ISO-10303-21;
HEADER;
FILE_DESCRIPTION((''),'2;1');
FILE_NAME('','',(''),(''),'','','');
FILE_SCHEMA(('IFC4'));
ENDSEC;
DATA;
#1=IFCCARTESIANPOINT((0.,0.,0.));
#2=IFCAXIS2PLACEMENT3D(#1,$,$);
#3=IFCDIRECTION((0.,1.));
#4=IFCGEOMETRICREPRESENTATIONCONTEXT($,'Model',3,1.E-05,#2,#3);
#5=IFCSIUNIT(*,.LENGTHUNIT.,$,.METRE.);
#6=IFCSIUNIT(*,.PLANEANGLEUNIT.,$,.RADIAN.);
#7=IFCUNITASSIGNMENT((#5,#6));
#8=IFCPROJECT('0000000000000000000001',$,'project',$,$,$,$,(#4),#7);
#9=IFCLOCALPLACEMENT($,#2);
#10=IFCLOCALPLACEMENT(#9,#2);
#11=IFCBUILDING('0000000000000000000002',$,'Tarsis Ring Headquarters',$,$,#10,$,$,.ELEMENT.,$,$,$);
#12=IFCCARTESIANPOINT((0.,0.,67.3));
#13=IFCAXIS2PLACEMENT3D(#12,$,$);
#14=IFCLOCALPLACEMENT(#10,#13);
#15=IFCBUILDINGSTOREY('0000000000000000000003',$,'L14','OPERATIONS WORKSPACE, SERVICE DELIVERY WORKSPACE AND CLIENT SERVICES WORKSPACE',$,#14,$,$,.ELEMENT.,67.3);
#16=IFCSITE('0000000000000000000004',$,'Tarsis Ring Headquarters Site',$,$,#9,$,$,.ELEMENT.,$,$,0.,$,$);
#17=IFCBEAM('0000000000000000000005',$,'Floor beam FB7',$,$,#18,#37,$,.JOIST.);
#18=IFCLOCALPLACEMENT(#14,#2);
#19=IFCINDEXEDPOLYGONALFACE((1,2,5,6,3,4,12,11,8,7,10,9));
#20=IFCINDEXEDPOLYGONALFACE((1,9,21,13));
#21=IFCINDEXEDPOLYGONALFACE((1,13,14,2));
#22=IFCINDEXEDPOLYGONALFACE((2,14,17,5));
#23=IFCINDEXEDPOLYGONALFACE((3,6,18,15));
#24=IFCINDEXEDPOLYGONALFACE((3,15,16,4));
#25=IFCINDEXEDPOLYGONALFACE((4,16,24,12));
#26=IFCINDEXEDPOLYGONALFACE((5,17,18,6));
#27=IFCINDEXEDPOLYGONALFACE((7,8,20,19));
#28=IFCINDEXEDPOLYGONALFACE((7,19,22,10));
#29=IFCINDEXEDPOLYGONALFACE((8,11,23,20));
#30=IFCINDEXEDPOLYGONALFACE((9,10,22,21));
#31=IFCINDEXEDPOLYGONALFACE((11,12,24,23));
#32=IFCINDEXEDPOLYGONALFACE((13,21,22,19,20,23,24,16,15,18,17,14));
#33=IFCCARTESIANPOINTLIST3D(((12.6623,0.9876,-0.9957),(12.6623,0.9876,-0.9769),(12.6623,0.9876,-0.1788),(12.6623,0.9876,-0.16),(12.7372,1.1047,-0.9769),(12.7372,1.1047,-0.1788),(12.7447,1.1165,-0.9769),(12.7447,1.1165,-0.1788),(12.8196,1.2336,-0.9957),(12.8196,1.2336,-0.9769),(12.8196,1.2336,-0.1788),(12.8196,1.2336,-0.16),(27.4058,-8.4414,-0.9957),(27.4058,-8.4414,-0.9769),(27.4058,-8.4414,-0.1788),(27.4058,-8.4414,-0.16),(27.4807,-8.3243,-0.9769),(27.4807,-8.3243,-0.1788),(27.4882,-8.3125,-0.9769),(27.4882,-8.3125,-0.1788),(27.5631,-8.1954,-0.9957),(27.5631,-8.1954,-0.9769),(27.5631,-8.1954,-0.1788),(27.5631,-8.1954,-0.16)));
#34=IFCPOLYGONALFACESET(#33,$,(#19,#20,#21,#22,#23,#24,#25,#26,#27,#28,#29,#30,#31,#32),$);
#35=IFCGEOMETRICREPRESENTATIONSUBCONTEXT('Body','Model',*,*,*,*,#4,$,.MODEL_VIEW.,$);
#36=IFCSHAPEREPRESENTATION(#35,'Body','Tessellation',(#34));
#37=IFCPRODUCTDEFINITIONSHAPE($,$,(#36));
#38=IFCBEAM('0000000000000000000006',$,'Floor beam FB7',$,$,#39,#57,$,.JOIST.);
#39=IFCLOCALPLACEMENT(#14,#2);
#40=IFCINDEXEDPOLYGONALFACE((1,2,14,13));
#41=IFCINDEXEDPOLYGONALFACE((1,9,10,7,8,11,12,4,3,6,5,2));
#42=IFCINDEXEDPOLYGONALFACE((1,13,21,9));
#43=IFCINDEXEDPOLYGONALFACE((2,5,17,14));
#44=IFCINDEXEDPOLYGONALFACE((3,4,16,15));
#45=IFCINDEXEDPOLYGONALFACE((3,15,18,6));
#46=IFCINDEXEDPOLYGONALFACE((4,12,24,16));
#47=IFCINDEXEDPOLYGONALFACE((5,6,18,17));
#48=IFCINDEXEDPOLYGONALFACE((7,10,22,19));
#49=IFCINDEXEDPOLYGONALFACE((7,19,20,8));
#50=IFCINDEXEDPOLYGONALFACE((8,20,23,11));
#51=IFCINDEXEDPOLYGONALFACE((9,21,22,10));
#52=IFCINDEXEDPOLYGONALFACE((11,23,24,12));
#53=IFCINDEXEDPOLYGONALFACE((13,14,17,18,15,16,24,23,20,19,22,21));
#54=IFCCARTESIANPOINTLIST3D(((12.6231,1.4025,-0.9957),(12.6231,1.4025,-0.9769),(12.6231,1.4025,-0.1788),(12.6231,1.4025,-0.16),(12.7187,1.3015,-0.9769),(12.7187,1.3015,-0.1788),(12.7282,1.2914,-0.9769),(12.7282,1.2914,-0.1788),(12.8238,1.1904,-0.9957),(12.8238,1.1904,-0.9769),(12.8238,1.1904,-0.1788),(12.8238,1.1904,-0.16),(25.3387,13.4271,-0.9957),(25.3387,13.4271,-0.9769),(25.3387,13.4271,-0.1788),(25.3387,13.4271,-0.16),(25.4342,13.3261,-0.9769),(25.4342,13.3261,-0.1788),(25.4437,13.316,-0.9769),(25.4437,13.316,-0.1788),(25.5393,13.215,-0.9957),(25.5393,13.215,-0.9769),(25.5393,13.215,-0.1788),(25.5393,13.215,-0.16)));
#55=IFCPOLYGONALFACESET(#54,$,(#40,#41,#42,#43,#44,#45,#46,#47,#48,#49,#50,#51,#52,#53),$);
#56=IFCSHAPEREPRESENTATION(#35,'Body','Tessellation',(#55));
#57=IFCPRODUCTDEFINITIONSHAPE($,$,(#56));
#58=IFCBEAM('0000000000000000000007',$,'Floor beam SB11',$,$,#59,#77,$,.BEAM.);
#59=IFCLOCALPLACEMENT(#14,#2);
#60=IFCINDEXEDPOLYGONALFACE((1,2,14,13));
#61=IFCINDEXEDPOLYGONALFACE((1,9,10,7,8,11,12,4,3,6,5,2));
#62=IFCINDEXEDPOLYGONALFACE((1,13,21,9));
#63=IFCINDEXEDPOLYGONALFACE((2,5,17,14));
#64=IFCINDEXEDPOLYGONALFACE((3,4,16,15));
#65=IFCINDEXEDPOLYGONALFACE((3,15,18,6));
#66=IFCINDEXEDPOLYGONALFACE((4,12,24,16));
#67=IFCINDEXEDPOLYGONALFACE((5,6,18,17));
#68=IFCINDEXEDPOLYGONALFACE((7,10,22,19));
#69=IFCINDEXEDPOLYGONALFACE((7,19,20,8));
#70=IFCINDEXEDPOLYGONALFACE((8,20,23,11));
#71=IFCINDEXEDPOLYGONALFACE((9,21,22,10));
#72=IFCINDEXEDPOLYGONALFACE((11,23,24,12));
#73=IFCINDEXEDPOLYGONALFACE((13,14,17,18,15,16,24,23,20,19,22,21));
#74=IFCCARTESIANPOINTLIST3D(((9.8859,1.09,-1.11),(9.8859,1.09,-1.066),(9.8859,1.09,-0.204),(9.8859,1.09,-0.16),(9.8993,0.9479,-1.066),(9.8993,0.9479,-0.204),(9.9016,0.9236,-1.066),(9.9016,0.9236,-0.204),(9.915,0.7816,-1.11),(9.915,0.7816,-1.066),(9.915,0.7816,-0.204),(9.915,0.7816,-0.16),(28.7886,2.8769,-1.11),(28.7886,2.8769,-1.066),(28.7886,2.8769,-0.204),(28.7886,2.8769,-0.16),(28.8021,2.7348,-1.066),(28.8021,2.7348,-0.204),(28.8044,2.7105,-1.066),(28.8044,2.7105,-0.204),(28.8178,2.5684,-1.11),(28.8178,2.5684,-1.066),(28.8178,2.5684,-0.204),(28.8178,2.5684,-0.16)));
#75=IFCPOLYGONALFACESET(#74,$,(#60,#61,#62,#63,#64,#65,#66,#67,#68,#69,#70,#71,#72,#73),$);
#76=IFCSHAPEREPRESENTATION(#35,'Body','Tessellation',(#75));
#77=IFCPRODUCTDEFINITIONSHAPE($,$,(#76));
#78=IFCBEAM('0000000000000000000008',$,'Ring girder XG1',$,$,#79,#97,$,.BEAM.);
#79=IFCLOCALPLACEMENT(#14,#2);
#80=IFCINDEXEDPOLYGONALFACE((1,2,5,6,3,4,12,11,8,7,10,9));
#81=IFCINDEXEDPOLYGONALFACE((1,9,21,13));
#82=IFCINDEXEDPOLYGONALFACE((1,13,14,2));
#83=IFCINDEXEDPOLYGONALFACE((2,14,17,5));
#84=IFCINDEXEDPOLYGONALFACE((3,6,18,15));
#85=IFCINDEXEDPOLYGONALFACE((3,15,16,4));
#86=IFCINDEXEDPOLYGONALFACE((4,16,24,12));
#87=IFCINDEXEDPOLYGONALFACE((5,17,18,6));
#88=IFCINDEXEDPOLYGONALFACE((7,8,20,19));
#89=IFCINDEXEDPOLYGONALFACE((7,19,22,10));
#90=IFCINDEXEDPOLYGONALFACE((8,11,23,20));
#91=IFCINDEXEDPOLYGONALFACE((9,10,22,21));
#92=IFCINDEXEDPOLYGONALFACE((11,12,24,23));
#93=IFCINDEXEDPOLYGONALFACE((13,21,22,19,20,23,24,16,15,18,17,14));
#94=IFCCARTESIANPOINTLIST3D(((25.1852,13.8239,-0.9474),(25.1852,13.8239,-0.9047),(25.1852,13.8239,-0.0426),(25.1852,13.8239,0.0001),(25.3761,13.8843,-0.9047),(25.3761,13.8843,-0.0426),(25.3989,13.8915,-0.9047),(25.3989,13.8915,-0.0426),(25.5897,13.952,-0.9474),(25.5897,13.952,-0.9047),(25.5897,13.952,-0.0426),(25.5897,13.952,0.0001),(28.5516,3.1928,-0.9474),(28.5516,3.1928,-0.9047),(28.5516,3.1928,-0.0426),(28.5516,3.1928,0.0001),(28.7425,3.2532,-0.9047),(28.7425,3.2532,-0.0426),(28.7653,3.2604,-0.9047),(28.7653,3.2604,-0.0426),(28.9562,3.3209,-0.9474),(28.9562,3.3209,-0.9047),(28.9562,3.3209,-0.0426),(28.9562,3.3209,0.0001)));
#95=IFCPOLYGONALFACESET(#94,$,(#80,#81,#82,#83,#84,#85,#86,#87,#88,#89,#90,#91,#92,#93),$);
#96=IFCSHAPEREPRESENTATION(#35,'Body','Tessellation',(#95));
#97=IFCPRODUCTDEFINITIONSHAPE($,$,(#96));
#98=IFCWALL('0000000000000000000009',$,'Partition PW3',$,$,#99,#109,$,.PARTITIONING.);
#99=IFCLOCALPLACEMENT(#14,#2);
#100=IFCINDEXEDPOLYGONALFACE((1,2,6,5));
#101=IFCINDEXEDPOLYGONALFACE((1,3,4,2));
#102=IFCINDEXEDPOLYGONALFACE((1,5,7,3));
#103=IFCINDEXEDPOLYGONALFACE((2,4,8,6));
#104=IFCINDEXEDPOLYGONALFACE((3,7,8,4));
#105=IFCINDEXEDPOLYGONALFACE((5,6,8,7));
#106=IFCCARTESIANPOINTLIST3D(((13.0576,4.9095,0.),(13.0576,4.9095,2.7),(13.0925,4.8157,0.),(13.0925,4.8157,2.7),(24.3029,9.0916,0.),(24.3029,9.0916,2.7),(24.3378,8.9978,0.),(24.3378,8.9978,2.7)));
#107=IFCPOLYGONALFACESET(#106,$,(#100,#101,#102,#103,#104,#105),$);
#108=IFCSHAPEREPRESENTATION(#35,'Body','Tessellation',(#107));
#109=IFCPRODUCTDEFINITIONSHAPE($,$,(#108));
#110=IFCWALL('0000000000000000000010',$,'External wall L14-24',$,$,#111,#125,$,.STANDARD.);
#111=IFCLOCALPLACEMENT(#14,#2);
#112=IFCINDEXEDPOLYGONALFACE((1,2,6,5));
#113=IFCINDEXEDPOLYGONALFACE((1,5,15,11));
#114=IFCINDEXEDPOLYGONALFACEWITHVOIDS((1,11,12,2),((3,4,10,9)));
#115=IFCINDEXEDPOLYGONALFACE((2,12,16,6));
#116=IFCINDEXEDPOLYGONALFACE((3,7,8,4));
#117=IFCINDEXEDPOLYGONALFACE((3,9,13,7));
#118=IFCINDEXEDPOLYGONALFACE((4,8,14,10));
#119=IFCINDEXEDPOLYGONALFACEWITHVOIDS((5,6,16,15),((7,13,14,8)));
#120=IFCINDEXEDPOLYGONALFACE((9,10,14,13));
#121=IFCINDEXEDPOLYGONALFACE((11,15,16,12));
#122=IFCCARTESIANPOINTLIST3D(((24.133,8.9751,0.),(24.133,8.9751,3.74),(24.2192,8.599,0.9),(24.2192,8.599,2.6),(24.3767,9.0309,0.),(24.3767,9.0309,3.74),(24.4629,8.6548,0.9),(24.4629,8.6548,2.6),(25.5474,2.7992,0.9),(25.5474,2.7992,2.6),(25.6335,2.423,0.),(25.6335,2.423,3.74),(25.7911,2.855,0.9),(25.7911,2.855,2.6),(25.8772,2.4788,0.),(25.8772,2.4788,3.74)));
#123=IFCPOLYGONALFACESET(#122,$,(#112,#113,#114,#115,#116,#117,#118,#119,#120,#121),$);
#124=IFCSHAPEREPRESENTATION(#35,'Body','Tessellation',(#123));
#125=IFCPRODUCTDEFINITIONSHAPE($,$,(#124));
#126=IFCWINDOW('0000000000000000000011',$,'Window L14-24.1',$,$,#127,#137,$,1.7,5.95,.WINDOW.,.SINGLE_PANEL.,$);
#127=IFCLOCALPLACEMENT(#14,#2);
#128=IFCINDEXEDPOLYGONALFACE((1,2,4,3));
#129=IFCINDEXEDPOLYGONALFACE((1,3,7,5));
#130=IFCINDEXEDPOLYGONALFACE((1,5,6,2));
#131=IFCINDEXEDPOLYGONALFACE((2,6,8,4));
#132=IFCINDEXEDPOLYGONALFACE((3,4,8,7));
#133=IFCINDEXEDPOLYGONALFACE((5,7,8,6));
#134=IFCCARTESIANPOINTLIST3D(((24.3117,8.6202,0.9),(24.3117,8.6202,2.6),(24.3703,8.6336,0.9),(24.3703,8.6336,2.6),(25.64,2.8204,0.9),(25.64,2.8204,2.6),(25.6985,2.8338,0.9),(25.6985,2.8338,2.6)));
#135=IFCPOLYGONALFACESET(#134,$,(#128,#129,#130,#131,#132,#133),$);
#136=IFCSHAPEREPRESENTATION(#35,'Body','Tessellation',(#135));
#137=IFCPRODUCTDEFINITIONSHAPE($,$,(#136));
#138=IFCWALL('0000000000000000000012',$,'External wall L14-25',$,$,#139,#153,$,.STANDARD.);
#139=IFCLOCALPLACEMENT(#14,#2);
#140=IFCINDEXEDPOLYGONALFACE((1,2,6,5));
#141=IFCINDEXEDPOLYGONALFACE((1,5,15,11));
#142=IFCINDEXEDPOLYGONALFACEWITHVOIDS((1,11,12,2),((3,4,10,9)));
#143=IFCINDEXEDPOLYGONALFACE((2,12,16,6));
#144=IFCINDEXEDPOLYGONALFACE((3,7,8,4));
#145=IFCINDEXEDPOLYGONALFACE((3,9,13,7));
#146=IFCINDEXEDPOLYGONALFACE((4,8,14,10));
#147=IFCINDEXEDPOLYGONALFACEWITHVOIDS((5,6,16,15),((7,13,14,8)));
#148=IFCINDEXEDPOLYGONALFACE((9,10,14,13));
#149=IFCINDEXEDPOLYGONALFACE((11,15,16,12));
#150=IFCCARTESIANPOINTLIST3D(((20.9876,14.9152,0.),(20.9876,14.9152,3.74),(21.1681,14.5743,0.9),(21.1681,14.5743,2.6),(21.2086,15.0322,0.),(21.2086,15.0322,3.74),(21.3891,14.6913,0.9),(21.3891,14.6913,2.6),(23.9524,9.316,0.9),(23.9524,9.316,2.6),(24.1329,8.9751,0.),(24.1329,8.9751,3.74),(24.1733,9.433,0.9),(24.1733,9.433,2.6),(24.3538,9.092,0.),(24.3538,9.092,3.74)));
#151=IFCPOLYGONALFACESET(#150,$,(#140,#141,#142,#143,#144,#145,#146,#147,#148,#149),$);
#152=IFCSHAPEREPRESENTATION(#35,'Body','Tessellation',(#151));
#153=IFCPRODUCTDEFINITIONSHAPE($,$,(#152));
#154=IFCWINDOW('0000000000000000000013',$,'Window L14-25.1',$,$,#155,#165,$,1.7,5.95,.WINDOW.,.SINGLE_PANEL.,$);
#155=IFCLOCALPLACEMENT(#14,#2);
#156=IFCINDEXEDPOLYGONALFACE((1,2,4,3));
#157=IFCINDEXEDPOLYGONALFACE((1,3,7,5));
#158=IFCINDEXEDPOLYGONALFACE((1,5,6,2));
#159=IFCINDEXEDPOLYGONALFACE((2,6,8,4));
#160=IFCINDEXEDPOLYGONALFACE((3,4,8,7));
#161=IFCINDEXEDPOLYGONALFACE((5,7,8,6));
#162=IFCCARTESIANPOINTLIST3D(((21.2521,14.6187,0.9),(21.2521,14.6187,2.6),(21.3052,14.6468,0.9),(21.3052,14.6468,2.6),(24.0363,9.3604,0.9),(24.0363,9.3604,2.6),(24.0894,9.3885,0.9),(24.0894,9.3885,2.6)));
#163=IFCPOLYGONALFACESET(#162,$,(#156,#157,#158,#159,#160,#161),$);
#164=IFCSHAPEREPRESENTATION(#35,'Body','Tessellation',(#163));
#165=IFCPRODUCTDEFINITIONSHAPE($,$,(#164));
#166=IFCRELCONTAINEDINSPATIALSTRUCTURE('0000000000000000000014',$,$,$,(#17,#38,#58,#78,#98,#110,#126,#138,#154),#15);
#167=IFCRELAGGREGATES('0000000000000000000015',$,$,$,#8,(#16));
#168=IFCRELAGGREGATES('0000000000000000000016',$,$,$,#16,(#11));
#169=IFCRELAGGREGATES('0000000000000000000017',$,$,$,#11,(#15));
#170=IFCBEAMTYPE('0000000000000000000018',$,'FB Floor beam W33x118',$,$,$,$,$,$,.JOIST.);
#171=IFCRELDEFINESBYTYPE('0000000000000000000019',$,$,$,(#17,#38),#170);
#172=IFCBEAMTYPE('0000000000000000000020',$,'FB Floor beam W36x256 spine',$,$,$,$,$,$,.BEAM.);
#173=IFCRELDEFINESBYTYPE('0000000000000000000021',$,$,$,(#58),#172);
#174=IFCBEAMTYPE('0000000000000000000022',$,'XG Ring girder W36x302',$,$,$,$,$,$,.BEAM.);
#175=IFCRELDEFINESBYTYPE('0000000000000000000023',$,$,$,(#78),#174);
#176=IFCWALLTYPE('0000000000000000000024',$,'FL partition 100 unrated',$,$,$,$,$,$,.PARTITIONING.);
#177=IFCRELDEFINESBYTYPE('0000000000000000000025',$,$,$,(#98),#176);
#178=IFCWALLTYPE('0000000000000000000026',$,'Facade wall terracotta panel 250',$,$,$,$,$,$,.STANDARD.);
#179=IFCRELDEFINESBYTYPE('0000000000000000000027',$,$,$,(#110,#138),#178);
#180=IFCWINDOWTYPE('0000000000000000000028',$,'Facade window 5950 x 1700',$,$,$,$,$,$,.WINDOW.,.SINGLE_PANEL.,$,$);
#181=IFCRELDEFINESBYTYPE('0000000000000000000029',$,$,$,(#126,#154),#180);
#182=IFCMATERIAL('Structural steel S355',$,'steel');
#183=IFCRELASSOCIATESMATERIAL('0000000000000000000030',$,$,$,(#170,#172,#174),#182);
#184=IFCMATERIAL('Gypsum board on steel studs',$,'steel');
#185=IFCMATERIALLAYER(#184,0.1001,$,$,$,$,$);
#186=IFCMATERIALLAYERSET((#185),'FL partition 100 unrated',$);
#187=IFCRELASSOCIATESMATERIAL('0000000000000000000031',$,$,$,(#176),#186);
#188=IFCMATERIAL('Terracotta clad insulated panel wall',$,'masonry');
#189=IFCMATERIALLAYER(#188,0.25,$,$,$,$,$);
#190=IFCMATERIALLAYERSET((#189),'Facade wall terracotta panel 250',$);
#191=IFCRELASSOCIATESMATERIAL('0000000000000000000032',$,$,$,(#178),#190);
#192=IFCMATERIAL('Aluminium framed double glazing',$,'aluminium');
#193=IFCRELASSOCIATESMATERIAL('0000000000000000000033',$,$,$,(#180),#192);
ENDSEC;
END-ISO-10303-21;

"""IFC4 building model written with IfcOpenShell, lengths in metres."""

from ifc_helpers import new_model, si_unit, direction, frame, frame_2d, origin, origin_2d, place, context, subcontext, project, spatial, rectangle, i_section, extrude, material, layer, layer_set, material_profile, profile_set, type_object, element, fill, save


model = new_model("IFC4")

# Units and contexts
model_context = context("Model", 3, precision=1e-05, world=origin(), true_north=direction((0.0, 1.0)))
body_context = subcontext(model_context, "Body", "Model", "MODEL_VIEW")
ifc_project = project(units=[si_unit("LENGTHUNIT", "METRE"), si_unit("PLANEANGLEUNIT", "RADIAN")], contexts=[model_context])

# Site, building, storey
site_placement = place(None, origin())
site = spatial("IfcSite", under=ifc_project, at=site_placement, Name="Tarsis Ring Headquarters Site", CompositionType="ELEMENT", RefElevation=0.0)
building_placement = place(site_placement, origin())
building = spatial("IfcBuilding", under=site, at=building_placement, Name="Tarsis Ring Headquarters", CompositionType="ELEMENT")
storey_placement = place(building_placement, frame((0.0, 0.0, 67.3)))
storey = spatial("IfcBuildingStorey", under=building, at=storey_placement, Name="L14", Description="OPERATIONS WORKSPACE, SERVICE DELIVERY WORKSPACE AND CLIENT SERVICES WORKSPACE", CompositionType="ELEMENT", Elevation=67.3)

# Beams
ifc_material_1 = material(Name="Structural steel S355", Category="steel")
ifc_material_profile_1 = material_profile(ifc_material_1, i_section(OverallWidth=0.292, OverallDepth=0.8357, WebThickness=0.0139, FlangeThickness=0.0188, at=origin_2d()), Name="W33x118")
ifc_profile_set_1 = profile_set([ifc_material_profile_1], Name="Structural steel S355")
beam_type_1 = type_object("IfcBeamType", Name="FB Floor beam W33x118", PredefinedType="JOIST", material=ifc_profile_set_1)
for number, where, z_axis, x_axis, name in (
    (1, (12.741, 1.1106, -0.5779), (0.842448, -0.538777, 0.0), (0.538777, 0.842448, 0.0), "Floor beam FB7"),
    (2, (25.439, 13.321, -0.5779), (-0.726571, -0.687092, 0.0), (0.687092, -0.726571, 0.0), "Floor beam FB7"),
):
    element("IfcBeam", number, at=place(storey_placement, frame(where, z_axis=z_axis, x_axis=x_axis)), inside=storey, type_object=beam_type_1, Name=name, PredefinedType="JOIST", context=body_context, shape_type="SweptSolid", body=[
        extrude(i_section(OverallWidth=0.292, OverallDepth=0.8357, WebThickness=0.0139, FlangeThickness=0.0188, at=origin_2d()), origin(), (0.0, 0.0, 1.0), 17.5007),
    ])
ifc_material_profile_2 = material_profile(ifc_material_1, i_section(OverallWidth=0.3098, OverallDepth=0.95, WebThickness=0.0244, FlangeThickness=0.0439, at=origin_2d()), Name="W36x256")
ifc_profile_set_2 = profile_set([ifc_material_profile_2], Name="Structural steel S355")
beam_type_2 = type_object("IfcBeamType", Name="FB Floor beam W36x256 spine", PredefinedType="BEAM", material=ifc_profile_set_2)
beam_1_placement = place(storey_placement, frame((28.8032, 2.7227, -0.635), z_axis=(-0.995562, -0.094109, 0.0), x_axis=(0.094109, -0.995562, 0.0)))
element("IfcBeam", 3, at=beam_1_placement, inside=storey, type_object=beam_type_2, Name="Floor beam SB11", PredefinedType="BEAM", context=body_context, shape_type="SweptSolid", body=[
    extrude(i_section(OverallWidth=0.3098, OverallDepth=0.95, WebThickness=0.0244, FlangeThickness=0.0439, at=origin_2d()), origin(), (0.0, 0.0, 1.0), 18.9871),
])
ifc_material_profile_3 = material_profile(ifc_material_1, i_section(OverallWidth=0.4243, OverallDepth=0.9475, WebThickness=0.0239, FlangeThickness=0.0427, at=origin_2d()), Name="W36x302")
ifc_profile_set_3 = profile_set([ifc_material_profile_3], Name="Structural steel S355")
beam_type_3 = type_object("IfcBeamType", Name="XG Ring girder W36x302", PredefinedType="BEAM", material=ifc_profile_set_3)
beam_2_placement = place(storey_placement, frame((28.7539, 3.2568, -0.4736), z_axis=(-0.301887, 0.953344, 0.0), x_axis=(-0.953344, -0.301887, 0.0)))
element("IfcBeam", 4, at=beam_2_placement, inside=storey, type_object=beam_type_3, Name="Ring girder XG1", PredefinedType="BEAM", context=body_context, shape_type="SweptSolid", body=[
    extrude(i_section(OverallWidth=0.4243, OverallDepth=0.9475, WebThickness=0.0239, FlangeThickness=0.0427, at=origin_2d()), origin(), (0.0, 0.0, 1.0), 11.1514),
])

# Wall
ifc_material_2 = material(Name="Gypsum board on steel studs", Category="steel")
ifc_layer_1 = layer(ifc_material_2, 0.1001)
ifc_layer_set_1 = layer_set([ifc_layer_1], Name="FL partition 100 unrated")
wall_type_1 = type_object("IfcWallType", Name="FL partition 100 unrated", PredefinedType="PARTITIONING", material=ifc_layer_set_1)
wall_1_placement = place(storey_placement, frame((13.075, 4.8625, 0.0), z_axis=(0.0, 0.0, 1.0), x_axis=(0.937282, 0.348573, 0.0)))
element("IfcWall", 5, at=wall_1_placement, inside=storey, type_object=wall_type_1, Name="Partition PW3", PredefinedType="PARTITIONING", context=body_context, shape_type="SweptSolid", body=[
    extrude(rectangle(XDim=11.9978, YDim=0.1001, at=frame_2d((5.999, 0.0))), origin(), (0.0, 0.0, 1.0), 2.7),
])

# Walls, openings, windows
ifc_material_3 = material(Name="Terracotta clad insulated panel wall", Category="masonry")
ifc_layer_2 = layer(ifc_material_3, 0.25)
ifc_layer_set_2 = layer_set([ifc_layer_2], Name="Facade wall terracotta panel 250")
wall_type_2 = type_object("IfcWallType", Name="Facade wall terracotta panel 250", PredefinedType="STANDARD", material=ifc_layer_set_2)
wall_2_placement = place(storey_placement, frame((25.7554, 2.4509, 0.0), z_axis=(0.0, 0.0, 1.0), x_axis=(-0.223233, 0.974765, 0.0)))
wall_2 = element("IfcWall", 6, at=wall_2_placement, inside=storey, type_object=wall_type_2, Name="External wall L14-24", PredefinedType="STANDARD", context=body_context, shape_type="SweptSolid", body=[
    extrude(rectangle(XDim=6.7217, YDim=0.25, at=frame_2d((3.3608, 0.0))), origin(), (0.0, 0.0, 1.0), 3.74),
])
opening_1_placement = place(wall_2_placement, frame((0.3857, 0.0, 0.8999)))
opening_1 = element("IfcOpeningElement", 7, at=opening_1_placement, cuts=wall_2, PredefinedType="OPENING", context=body_context, shape_type="SweptSolid", body=[
    extrude(rectangle(XDim=5.95, YDim=1.7, at=frame_2d((2.9751, 0.8501))), frame((0.0, 0.135, 0.0), z_axis=(0.0, -1.0, 0.0), x_axis=(1.0, 0.0, 0.0)), (0.0, 0.0, 1.0), 0.27),
])
ifc_material_4 = material(Name="Aluminium framed double glazing", Category="aluminium")
window_type = type_object("IfcWindowType", Name="Facade window 5950 x 1700", PartitioningType="SINGLE_PANEL", PredefinedType="WINDOW", material=ifc_material_4)
window_1_placement = place(opening_1_placement, origin())
window_1 = element("IfcWindow", 8, at=window_1_placement, inside=storey, type_object=window_type, Name="Window L14-24.1", OverallHeight=1.7, OverallWidth=5.95, PartitioningType="SINGLE_PANEL", PredefinedType="WINDOW", context=body_context, shape_type="SweptSolid", body=[
    extrude(rectangle(XDim=5.95, YDim=1.7, at=frame_2d((2.9751, 0.8501))), frame((0.0, 0.03, 0.0), z_axis=(0.0, -1.0, 0.0), x_axis=(1.0, 0.0, 0.0)), (0.0, 0.0, 1.0), 0.0601),
])
fill(opening_1, window_1)
wall_3_placement = place(storey_placement, frame((24.2434, 9.0334, 0.0), z_axis=(0.0, 0.0, 1.0), x_axis=(-0.467941, 0.88376, 0.0)))
wall_3 = element("IfcWall", 9, at=wall_3_placement, inside=storey, type_object=wall_type_2, Name="External wall L14-25", PredefinedType="STANDARD", context=body_context, shape_type="SweptSolid", body=[
    extrude(rectangle(XDim=6.7214, YDim=0.25, at=frame_2d((3.3608, 0.0))), origin(), (0.0, 0.0, 1.0), 3.74),
])
opening_2_placement = place(wall_3_placement, frame((0.3857, 0.0, 0.8999)))
opening_2 = element("IfcOpeningElement", 10, at=opening_2_placement, cuts=wall_3, PredefinedType="OPENING", context=body_context, shape_type="SweptSolid", body=[
    extrude(rectangle(XDim=5.95, YDim=1.7, at=frame_2d((2.9751, 0.8501))), frame((0.0, 0.135, 0.0), z_axis=(0.0, -1.0, 0.0), x_axis=(1.0, 0.0, 0.0)), (0.0, 0.0, 1.0), 0.27),
])
window_2_placement = place(opening_2_placement, origin())
window_2 = element("IfcWindow", 11, at=window_2_placement, inside=storey, type_object=window_type, Name="Window L14-25.1", OverallHeight=1.7, OverallWidth=5.95, PartitioningType="SINGLE_PANEL", PredefinedType="WINDOW", context=body_context, shape_type="SweptSolid", body=[
    extrude(rectangle(XDim=5.95, YDim=1.7, at=frame_2d((2.9751, 0.8501))), frame((0.0, 0.03, 0.0), z_axis=(0.0, -1.0, 0.0), x_axis=(1.0, 0.0, 0.0)), (0.0, 0.0, 1.0), 0.0601),
])
fill(opening_2, window_2)

save(model, "model.ifc")
